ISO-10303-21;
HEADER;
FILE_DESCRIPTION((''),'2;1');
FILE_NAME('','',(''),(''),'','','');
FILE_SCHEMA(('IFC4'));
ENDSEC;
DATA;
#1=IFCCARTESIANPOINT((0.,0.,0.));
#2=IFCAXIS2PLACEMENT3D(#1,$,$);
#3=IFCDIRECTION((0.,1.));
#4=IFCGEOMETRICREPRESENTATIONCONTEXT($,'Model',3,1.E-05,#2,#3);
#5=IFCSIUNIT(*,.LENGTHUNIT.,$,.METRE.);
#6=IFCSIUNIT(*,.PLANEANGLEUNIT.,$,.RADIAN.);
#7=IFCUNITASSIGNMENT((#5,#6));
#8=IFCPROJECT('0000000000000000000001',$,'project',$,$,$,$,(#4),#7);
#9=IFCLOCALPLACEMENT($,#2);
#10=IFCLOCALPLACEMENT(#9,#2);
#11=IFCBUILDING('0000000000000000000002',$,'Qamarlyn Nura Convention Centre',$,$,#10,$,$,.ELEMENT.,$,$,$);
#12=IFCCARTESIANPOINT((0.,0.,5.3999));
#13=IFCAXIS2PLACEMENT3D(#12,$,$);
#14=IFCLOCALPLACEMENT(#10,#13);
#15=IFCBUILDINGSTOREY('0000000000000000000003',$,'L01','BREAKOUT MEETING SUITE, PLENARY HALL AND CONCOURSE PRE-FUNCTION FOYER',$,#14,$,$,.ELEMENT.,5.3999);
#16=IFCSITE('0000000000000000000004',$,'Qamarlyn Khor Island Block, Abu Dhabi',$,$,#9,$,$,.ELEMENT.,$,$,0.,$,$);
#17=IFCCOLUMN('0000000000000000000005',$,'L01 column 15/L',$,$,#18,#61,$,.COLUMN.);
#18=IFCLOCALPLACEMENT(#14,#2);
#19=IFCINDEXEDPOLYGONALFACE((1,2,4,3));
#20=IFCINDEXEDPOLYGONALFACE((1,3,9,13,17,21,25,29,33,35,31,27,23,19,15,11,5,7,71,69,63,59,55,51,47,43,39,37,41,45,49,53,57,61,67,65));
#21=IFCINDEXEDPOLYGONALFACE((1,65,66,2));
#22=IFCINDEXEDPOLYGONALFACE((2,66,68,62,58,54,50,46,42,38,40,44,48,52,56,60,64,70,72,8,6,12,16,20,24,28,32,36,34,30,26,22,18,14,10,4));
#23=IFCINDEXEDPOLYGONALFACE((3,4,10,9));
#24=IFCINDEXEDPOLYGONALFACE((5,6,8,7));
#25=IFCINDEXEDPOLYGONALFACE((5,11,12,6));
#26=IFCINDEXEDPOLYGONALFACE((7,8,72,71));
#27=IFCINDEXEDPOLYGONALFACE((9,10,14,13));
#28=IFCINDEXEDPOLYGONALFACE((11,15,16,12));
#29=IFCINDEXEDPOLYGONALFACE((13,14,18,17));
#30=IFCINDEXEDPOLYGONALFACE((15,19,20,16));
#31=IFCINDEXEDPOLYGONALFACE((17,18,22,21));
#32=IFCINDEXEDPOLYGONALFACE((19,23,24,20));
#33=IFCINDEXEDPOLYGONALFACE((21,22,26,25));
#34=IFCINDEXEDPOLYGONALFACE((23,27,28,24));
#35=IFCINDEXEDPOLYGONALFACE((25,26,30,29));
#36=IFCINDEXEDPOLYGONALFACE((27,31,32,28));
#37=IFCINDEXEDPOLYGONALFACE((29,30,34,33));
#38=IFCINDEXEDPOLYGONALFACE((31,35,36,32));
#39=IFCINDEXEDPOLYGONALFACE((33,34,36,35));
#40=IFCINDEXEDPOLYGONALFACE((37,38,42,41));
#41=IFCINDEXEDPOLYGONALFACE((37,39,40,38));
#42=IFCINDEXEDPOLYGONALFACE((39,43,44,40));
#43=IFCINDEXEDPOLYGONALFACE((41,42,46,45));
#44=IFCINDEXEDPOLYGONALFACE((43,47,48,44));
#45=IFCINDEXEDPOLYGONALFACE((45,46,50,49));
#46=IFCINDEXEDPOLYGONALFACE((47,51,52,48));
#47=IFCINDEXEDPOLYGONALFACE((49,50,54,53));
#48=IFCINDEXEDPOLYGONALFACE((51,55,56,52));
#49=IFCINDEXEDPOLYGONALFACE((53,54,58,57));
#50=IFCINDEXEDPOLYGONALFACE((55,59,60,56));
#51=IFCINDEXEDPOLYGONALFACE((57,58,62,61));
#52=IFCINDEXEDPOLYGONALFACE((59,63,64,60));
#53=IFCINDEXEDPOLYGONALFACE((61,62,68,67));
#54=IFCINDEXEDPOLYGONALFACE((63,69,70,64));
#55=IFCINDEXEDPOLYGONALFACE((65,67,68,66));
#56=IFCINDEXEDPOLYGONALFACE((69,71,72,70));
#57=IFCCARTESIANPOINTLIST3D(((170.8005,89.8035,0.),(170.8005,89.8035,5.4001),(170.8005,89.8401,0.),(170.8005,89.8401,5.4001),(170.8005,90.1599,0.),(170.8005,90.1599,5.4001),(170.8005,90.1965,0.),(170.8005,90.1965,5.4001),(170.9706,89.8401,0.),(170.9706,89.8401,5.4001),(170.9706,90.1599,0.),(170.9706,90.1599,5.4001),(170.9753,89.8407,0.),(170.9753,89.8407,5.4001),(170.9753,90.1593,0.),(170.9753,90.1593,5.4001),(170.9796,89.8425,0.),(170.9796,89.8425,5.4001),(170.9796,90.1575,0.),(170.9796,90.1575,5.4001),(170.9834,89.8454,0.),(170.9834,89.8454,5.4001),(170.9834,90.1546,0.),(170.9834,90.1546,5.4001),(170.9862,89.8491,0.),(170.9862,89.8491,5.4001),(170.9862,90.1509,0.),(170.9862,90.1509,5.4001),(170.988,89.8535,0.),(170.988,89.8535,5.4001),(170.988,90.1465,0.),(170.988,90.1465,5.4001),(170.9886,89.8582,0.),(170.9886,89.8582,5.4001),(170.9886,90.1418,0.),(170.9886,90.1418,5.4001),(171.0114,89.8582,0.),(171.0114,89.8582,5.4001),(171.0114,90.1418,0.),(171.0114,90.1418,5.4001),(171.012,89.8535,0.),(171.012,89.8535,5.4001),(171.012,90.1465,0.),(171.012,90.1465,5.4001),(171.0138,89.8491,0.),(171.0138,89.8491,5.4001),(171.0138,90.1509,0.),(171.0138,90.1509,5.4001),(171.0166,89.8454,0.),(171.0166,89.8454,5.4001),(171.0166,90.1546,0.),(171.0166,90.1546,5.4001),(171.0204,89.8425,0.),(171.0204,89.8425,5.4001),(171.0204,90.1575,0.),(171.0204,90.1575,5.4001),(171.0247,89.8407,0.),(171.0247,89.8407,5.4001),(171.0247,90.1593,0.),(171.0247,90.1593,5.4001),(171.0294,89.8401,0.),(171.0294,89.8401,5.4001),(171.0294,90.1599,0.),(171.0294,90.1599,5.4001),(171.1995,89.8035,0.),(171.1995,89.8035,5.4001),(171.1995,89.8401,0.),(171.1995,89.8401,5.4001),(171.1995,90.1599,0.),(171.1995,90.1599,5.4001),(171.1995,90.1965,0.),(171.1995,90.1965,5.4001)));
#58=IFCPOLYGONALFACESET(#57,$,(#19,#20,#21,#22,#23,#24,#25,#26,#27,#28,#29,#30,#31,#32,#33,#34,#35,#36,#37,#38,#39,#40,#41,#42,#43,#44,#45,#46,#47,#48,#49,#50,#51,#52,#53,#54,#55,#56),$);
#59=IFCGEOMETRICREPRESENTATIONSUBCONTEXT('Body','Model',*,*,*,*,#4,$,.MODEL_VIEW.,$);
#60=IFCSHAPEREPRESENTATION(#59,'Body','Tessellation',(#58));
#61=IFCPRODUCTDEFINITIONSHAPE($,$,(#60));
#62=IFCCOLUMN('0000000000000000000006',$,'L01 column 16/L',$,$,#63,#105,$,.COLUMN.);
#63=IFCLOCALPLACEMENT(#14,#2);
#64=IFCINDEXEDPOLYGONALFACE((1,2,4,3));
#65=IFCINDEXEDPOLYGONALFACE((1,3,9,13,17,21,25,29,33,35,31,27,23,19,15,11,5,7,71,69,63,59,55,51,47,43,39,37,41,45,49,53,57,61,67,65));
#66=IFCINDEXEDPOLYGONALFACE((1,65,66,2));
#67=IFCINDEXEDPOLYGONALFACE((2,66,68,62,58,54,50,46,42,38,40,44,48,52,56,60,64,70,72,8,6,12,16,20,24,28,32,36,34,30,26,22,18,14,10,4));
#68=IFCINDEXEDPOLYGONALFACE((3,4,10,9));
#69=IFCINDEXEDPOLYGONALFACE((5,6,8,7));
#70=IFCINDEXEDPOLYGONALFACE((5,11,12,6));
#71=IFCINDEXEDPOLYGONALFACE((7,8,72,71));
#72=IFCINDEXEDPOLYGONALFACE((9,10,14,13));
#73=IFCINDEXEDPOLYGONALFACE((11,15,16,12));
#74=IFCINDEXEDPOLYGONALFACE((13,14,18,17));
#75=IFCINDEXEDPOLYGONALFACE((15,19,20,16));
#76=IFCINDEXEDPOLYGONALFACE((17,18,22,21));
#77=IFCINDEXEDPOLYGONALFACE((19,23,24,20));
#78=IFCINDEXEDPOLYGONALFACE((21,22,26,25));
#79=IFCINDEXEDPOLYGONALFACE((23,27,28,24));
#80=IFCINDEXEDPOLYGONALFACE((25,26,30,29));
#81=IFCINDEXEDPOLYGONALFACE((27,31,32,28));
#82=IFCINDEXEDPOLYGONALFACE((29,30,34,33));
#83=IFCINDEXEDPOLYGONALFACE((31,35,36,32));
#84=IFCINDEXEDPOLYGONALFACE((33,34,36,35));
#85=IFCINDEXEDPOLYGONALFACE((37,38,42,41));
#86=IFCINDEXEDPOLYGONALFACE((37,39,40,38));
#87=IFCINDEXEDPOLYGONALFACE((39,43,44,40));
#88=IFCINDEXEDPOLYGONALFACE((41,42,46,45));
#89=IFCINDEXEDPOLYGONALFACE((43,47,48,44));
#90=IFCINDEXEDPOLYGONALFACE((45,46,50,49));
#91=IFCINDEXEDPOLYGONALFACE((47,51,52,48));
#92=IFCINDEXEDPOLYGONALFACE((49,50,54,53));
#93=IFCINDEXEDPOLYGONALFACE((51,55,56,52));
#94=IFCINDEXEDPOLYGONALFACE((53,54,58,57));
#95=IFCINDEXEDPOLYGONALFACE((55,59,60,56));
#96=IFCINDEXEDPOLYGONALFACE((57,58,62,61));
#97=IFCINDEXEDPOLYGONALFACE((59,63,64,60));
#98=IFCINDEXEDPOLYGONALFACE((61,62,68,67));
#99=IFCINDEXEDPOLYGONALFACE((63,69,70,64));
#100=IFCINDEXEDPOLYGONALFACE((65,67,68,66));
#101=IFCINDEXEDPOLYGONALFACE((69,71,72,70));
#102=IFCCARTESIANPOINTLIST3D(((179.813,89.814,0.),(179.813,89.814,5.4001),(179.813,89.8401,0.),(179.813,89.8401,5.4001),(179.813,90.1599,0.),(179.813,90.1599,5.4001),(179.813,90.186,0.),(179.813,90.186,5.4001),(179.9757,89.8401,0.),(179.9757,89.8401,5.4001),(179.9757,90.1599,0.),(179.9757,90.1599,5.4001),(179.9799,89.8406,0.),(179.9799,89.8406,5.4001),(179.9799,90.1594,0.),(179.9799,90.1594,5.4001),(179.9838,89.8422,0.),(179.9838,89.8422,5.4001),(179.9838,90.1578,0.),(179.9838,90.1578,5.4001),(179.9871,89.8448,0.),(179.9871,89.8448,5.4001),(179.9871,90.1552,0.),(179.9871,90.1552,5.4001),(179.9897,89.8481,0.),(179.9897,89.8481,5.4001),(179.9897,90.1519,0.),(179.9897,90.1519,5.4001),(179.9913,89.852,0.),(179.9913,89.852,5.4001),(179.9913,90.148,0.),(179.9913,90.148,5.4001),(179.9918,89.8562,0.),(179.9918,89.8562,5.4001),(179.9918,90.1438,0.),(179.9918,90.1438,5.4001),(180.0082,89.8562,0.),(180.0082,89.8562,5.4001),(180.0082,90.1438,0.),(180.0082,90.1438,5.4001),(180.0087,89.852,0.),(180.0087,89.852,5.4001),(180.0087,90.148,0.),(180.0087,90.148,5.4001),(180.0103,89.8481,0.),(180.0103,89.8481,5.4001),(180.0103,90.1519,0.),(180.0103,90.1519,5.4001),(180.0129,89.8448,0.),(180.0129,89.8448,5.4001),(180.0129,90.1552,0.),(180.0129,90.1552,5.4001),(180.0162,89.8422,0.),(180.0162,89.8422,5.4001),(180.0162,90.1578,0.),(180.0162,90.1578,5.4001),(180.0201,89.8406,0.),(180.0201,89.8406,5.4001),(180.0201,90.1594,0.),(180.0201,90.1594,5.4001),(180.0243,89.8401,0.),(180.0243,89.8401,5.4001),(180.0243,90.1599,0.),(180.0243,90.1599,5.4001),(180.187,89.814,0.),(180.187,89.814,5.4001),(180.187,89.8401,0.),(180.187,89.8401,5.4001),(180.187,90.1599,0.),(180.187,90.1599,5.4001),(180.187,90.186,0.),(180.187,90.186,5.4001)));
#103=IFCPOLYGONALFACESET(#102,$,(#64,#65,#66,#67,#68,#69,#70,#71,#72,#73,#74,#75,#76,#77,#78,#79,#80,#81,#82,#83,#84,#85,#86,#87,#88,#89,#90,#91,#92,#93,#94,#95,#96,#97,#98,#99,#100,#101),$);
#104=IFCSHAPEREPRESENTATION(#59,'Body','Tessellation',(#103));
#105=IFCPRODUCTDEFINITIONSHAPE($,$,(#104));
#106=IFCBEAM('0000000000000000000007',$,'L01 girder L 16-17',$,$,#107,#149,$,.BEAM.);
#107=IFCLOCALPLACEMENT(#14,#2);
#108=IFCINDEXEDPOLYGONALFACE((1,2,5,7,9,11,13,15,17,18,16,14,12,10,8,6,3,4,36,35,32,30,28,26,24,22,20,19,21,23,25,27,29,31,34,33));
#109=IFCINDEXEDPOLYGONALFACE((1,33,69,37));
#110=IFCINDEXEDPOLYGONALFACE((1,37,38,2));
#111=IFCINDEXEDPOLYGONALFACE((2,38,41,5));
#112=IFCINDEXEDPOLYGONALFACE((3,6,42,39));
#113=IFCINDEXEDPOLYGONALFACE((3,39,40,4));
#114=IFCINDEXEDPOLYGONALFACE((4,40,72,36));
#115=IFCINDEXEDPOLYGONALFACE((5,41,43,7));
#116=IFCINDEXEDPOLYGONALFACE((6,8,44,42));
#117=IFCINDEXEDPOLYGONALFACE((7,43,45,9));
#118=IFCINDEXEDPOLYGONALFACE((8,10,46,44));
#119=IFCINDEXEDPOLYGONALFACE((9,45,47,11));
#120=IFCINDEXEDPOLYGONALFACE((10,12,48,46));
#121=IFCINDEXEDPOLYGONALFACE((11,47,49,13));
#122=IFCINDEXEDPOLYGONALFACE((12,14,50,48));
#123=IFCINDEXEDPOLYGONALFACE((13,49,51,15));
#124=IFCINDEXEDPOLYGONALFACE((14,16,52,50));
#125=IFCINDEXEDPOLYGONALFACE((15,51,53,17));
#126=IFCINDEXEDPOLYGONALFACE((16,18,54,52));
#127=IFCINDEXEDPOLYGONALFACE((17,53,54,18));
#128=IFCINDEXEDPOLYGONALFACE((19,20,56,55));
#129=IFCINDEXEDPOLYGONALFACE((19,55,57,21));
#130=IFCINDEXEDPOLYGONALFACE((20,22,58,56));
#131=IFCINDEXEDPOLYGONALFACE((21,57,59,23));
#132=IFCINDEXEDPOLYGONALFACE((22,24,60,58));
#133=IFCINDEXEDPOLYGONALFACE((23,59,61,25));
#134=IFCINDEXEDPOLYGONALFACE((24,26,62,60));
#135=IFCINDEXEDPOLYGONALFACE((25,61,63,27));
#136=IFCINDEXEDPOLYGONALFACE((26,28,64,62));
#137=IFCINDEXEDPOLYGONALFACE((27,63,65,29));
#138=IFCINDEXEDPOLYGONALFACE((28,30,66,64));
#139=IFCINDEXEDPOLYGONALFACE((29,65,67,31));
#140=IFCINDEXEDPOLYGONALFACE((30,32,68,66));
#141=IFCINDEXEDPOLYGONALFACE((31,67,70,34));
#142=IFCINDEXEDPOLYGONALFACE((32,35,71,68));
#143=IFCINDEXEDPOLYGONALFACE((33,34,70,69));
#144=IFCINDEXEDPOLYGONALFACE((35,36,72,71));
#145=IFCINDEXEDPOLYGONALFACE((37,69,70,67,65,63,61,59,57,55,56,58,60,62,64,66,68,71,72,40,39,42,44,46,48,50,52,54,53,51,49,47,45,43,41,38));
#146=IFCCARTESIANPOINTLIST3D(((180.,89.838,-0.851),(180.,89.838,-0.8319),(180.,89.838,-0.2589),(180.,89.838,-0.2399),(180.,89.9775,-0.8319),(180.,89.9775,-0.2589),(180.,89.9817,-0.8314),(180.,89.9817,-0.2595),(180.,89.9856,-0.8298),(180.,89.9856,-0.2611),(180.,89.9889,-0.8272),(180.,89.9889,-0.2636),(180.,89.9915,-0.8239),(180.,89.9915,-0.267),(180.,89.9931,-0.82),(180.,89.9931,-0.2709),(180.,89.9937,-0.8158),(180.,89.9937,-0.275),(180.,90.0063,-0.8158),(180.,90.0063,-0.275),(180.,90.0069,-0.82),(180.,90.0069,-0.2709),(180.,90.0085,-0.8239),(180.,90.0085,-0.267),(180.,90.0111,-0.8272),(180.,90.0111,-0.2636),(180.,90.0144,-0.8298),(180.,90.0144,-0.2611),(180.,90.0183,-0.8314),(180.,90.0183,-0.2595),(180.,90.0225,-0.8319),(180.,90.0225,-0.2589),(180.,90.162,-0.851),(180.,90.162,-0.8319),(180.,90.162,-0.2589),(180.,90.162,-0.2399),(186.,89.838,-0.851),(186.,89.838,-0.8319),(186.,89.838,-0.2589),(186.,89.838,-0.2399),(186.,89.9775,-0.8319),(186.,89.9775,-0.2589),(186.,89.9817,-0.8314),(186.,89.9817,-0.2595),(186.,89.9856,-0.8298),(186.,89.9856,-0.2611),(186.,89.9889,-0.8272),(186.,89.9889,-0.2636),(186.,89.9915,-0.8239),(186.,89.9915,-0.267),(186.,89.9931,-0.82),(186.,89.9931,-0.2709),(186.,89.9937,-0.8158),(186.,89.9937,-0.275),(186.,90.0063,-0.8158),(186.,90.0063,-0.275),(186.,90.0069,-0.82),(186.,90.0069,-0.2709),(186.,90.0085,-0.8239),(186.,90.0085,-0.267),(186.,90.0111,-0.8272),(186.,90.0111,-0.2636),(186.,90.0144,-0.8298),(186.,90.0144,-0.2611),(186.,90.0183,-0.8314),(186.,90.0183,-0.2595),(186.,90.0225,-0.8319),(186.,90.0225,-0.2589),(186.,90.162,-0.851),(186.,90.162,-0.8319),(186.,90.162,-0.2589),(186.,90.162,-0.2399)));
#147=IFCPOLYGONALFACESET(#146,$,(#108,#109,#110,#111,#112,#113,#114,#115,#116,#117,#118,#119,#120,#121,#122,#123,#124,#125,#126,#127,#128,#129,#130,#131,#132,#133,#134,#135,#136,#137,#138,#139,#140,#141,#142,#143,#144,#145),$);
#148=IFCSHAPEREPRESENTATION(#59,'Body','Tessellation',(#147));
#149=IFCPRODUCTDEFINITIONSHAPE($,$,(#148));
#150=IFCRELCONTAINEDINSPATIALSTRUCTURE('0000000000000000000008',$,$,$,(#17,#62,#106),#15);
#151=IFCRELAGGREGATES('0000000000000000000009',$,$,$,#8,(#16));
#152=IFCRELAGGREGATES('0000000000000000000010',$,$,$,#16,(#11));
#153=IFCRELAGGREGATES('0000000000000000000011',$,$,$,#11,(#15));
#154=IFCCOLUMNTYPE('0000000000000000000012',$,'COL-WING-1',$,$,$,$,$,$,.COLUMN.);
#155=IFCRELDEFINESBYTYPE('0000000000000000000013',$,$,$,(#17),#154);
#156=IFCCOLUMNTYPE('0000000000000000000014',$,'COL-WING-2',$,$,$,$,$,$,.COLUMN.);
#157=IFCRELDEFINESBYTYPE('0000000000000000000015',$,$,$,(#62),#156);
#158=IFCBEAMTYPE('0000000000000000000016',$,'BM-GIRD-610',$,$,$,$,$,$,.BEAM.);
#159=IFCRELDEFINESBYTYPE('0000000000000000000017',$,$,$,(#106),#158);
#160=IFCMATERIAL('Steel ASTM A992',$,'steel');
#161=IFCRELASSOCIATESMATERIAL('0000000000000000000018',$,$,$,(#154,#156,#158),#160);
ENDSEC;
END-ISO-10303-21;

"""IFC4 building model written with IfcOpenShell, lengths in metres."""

from ifc_helpers import new_model, si_unit, direction, frame, origin, origin_2d, place, context, subcontext, project, spatial, i_section, extrude, material, material_profile, profile_set, type_object, element, save


model = new_model("IFC4")

# Units and contexts
model_context = context("Model", 3, precision=1e-05, world=origin(), true_north=direction((0.0, 1.0)))
body_context = subcontext(model_context, "Body", "Model", "MODEL_VIEW")
ifc_project = project(units=[si_unit("LENGTHUNIT", "METRE"), si_unit("PLANEANGLEUNIT", "RADIAN")], contexts=[model_context])

# Site, building, storey
site_placement = place(None, origin())
site = spatial("IfcSite", under=ifc_project, at=site_placement, Name="Qamarlyn Khor Island Block, Abu Dhabi", CompositionType="ELEMENT", RefElevation=0.0)
building_placement = place(site_placement, origin())
building = spatial("IfcBuilding", under=site, at=building_placement, Name="Qamarlyn Nura Convention Centre", CompositionType="ELEMENT")
storey_placement = place(building_placement, frame((0.0, 0.0, 5.3999)))
storey = spatial("IfcBuildingStorey", under=building, at=storey_placement, Name="L01", Description="BREAKOUT MEETING SUITE, PLENARY HALL AND CONCOURSE PRE-FUNCTION FOYER", CompositionType="ELEMENT", Elevation=5.3999)

# Columns
ifc_material_1 = material(Name="Steel ASTM A992", Category="steel")
ifc_material_profile_1 = material_profile(ifc_material_1, i_section(OverallWidth=0.3989, OverallDepth=0.3931, WebThickness=0.0227, FlangeThickness=0.0366, FilletRadius=0.0181, at=origin_2d()), Name="W360X287")
ifc_profile_set_1 = profile_set([ifc_material_profile_1], Name="Steel ASTM A992")
column_type_1 = type_object("IfcColumnType", Name="COL-WING-1", PredefinedType="COLUMN", material=ifc_profile_set_1)
column_1_placement = place(storey_placement, frame((171.0, 90.0, 0.0), z_axis=(0.0, 0.0, 1.0), x_axis=(1.0, 0.0, 0.0)))
element("IfcColumn", 1, at=column_1_placement, inside=storey, type_object=column_type_1, Name="L01 column 15/L", PredefinedType="COLUMN", context=body_context, shape_type="SweptSolid", body=[
    extrude(i_section(OverallWidth=0.3989, OverallDepth=0.3931, WebThickness=0.0227, FlangeThickness=0.0366, FilletRadius=0.0181, at=origin_2d()), origin(), (0.0, 0.0, 1.0), 5.4001),
])
ifc_material_profile_2 = material_profile(ifc_material_1, i_section(OverallWidth=0.374, OverallDepth=0.3721, WebThickness=0.0164, FlangeThickness=0.0261, FilletRadius=0.0161, at=origin_2d()), Name="W360X196")
ifc_profile_set_2 = profile_set([ifc_material_profile_2], Name="Steel ASTM A992")
column_type_2 = type_object("IfcColumnType", Name="COL-WING-2", PredefinedType="COLUMN", material=ifc_profile_set_2)
column_2_placement = place(storey_placement, frame((180.0, 90.0, 0.0), z_axis=(0.0, 0.0, 1.0), x_axis=(1.0, 0.0, 0.0)))
element("IfcColumn", 2, at=column_2_placement, inside=storey, type_object=column_type_2, Name="L01 column 16/L", PredefinedType="COLUMN", context=body_context, shape_type="SweptSolid", body=[
    extrude(i_section(OverallWidth=0.374, OverallDepth=0.3721, WebThickness=0.0164, FlangeThickness=0.0261, FilletRadius=0.0161, at=origin_2d()), origin(), (0.0, 0.0, 1.0), 5.4001),
])

# Beam
ifc_material_profile_3 = material_profile(ifc_material_1, i_section(OverallWidth=0.324, OverallDepth=0.6111, WebThickness=0.0127, FlangeThickness=0.019, FilletRadius=0.0161, at=origin_2d()), Name="W610X155")
ifc_profile_set_3 = profile_set([ifc_material_profile_3], Name="Steel ASTM A992")
beam_type_1 = type_object("IfcBeamType", Name="BM-GIRD-610", PredefinedType="BEAM", material=ifc_profile_set_3)
beam_1_placement = place(storey_placement, frame((180.0, 90.0, -0.5454), z_axis=(1.0, 0.0, 0.0), x_axis=(0.0, 1.0, 0.0)))
element("IfcBeam", 3, at=beam_1_placement, inside=storey, type_object=beam_type_1, Name="L01 girder L 16-17", PredefinedType="BEAM", context=body_context, shape_type="SweptSolid", body=[
    extrude(i_section(OverallWidth=0.324, OverallDepth=0.6111, WebThickness=0.0127, FlangeThickness=0.019, FilletRadius=0.0161, at=origin_2d()), origin(), (0.0, 0.0, 1.0), 6.0),
])

save(model, "model.ifc")
